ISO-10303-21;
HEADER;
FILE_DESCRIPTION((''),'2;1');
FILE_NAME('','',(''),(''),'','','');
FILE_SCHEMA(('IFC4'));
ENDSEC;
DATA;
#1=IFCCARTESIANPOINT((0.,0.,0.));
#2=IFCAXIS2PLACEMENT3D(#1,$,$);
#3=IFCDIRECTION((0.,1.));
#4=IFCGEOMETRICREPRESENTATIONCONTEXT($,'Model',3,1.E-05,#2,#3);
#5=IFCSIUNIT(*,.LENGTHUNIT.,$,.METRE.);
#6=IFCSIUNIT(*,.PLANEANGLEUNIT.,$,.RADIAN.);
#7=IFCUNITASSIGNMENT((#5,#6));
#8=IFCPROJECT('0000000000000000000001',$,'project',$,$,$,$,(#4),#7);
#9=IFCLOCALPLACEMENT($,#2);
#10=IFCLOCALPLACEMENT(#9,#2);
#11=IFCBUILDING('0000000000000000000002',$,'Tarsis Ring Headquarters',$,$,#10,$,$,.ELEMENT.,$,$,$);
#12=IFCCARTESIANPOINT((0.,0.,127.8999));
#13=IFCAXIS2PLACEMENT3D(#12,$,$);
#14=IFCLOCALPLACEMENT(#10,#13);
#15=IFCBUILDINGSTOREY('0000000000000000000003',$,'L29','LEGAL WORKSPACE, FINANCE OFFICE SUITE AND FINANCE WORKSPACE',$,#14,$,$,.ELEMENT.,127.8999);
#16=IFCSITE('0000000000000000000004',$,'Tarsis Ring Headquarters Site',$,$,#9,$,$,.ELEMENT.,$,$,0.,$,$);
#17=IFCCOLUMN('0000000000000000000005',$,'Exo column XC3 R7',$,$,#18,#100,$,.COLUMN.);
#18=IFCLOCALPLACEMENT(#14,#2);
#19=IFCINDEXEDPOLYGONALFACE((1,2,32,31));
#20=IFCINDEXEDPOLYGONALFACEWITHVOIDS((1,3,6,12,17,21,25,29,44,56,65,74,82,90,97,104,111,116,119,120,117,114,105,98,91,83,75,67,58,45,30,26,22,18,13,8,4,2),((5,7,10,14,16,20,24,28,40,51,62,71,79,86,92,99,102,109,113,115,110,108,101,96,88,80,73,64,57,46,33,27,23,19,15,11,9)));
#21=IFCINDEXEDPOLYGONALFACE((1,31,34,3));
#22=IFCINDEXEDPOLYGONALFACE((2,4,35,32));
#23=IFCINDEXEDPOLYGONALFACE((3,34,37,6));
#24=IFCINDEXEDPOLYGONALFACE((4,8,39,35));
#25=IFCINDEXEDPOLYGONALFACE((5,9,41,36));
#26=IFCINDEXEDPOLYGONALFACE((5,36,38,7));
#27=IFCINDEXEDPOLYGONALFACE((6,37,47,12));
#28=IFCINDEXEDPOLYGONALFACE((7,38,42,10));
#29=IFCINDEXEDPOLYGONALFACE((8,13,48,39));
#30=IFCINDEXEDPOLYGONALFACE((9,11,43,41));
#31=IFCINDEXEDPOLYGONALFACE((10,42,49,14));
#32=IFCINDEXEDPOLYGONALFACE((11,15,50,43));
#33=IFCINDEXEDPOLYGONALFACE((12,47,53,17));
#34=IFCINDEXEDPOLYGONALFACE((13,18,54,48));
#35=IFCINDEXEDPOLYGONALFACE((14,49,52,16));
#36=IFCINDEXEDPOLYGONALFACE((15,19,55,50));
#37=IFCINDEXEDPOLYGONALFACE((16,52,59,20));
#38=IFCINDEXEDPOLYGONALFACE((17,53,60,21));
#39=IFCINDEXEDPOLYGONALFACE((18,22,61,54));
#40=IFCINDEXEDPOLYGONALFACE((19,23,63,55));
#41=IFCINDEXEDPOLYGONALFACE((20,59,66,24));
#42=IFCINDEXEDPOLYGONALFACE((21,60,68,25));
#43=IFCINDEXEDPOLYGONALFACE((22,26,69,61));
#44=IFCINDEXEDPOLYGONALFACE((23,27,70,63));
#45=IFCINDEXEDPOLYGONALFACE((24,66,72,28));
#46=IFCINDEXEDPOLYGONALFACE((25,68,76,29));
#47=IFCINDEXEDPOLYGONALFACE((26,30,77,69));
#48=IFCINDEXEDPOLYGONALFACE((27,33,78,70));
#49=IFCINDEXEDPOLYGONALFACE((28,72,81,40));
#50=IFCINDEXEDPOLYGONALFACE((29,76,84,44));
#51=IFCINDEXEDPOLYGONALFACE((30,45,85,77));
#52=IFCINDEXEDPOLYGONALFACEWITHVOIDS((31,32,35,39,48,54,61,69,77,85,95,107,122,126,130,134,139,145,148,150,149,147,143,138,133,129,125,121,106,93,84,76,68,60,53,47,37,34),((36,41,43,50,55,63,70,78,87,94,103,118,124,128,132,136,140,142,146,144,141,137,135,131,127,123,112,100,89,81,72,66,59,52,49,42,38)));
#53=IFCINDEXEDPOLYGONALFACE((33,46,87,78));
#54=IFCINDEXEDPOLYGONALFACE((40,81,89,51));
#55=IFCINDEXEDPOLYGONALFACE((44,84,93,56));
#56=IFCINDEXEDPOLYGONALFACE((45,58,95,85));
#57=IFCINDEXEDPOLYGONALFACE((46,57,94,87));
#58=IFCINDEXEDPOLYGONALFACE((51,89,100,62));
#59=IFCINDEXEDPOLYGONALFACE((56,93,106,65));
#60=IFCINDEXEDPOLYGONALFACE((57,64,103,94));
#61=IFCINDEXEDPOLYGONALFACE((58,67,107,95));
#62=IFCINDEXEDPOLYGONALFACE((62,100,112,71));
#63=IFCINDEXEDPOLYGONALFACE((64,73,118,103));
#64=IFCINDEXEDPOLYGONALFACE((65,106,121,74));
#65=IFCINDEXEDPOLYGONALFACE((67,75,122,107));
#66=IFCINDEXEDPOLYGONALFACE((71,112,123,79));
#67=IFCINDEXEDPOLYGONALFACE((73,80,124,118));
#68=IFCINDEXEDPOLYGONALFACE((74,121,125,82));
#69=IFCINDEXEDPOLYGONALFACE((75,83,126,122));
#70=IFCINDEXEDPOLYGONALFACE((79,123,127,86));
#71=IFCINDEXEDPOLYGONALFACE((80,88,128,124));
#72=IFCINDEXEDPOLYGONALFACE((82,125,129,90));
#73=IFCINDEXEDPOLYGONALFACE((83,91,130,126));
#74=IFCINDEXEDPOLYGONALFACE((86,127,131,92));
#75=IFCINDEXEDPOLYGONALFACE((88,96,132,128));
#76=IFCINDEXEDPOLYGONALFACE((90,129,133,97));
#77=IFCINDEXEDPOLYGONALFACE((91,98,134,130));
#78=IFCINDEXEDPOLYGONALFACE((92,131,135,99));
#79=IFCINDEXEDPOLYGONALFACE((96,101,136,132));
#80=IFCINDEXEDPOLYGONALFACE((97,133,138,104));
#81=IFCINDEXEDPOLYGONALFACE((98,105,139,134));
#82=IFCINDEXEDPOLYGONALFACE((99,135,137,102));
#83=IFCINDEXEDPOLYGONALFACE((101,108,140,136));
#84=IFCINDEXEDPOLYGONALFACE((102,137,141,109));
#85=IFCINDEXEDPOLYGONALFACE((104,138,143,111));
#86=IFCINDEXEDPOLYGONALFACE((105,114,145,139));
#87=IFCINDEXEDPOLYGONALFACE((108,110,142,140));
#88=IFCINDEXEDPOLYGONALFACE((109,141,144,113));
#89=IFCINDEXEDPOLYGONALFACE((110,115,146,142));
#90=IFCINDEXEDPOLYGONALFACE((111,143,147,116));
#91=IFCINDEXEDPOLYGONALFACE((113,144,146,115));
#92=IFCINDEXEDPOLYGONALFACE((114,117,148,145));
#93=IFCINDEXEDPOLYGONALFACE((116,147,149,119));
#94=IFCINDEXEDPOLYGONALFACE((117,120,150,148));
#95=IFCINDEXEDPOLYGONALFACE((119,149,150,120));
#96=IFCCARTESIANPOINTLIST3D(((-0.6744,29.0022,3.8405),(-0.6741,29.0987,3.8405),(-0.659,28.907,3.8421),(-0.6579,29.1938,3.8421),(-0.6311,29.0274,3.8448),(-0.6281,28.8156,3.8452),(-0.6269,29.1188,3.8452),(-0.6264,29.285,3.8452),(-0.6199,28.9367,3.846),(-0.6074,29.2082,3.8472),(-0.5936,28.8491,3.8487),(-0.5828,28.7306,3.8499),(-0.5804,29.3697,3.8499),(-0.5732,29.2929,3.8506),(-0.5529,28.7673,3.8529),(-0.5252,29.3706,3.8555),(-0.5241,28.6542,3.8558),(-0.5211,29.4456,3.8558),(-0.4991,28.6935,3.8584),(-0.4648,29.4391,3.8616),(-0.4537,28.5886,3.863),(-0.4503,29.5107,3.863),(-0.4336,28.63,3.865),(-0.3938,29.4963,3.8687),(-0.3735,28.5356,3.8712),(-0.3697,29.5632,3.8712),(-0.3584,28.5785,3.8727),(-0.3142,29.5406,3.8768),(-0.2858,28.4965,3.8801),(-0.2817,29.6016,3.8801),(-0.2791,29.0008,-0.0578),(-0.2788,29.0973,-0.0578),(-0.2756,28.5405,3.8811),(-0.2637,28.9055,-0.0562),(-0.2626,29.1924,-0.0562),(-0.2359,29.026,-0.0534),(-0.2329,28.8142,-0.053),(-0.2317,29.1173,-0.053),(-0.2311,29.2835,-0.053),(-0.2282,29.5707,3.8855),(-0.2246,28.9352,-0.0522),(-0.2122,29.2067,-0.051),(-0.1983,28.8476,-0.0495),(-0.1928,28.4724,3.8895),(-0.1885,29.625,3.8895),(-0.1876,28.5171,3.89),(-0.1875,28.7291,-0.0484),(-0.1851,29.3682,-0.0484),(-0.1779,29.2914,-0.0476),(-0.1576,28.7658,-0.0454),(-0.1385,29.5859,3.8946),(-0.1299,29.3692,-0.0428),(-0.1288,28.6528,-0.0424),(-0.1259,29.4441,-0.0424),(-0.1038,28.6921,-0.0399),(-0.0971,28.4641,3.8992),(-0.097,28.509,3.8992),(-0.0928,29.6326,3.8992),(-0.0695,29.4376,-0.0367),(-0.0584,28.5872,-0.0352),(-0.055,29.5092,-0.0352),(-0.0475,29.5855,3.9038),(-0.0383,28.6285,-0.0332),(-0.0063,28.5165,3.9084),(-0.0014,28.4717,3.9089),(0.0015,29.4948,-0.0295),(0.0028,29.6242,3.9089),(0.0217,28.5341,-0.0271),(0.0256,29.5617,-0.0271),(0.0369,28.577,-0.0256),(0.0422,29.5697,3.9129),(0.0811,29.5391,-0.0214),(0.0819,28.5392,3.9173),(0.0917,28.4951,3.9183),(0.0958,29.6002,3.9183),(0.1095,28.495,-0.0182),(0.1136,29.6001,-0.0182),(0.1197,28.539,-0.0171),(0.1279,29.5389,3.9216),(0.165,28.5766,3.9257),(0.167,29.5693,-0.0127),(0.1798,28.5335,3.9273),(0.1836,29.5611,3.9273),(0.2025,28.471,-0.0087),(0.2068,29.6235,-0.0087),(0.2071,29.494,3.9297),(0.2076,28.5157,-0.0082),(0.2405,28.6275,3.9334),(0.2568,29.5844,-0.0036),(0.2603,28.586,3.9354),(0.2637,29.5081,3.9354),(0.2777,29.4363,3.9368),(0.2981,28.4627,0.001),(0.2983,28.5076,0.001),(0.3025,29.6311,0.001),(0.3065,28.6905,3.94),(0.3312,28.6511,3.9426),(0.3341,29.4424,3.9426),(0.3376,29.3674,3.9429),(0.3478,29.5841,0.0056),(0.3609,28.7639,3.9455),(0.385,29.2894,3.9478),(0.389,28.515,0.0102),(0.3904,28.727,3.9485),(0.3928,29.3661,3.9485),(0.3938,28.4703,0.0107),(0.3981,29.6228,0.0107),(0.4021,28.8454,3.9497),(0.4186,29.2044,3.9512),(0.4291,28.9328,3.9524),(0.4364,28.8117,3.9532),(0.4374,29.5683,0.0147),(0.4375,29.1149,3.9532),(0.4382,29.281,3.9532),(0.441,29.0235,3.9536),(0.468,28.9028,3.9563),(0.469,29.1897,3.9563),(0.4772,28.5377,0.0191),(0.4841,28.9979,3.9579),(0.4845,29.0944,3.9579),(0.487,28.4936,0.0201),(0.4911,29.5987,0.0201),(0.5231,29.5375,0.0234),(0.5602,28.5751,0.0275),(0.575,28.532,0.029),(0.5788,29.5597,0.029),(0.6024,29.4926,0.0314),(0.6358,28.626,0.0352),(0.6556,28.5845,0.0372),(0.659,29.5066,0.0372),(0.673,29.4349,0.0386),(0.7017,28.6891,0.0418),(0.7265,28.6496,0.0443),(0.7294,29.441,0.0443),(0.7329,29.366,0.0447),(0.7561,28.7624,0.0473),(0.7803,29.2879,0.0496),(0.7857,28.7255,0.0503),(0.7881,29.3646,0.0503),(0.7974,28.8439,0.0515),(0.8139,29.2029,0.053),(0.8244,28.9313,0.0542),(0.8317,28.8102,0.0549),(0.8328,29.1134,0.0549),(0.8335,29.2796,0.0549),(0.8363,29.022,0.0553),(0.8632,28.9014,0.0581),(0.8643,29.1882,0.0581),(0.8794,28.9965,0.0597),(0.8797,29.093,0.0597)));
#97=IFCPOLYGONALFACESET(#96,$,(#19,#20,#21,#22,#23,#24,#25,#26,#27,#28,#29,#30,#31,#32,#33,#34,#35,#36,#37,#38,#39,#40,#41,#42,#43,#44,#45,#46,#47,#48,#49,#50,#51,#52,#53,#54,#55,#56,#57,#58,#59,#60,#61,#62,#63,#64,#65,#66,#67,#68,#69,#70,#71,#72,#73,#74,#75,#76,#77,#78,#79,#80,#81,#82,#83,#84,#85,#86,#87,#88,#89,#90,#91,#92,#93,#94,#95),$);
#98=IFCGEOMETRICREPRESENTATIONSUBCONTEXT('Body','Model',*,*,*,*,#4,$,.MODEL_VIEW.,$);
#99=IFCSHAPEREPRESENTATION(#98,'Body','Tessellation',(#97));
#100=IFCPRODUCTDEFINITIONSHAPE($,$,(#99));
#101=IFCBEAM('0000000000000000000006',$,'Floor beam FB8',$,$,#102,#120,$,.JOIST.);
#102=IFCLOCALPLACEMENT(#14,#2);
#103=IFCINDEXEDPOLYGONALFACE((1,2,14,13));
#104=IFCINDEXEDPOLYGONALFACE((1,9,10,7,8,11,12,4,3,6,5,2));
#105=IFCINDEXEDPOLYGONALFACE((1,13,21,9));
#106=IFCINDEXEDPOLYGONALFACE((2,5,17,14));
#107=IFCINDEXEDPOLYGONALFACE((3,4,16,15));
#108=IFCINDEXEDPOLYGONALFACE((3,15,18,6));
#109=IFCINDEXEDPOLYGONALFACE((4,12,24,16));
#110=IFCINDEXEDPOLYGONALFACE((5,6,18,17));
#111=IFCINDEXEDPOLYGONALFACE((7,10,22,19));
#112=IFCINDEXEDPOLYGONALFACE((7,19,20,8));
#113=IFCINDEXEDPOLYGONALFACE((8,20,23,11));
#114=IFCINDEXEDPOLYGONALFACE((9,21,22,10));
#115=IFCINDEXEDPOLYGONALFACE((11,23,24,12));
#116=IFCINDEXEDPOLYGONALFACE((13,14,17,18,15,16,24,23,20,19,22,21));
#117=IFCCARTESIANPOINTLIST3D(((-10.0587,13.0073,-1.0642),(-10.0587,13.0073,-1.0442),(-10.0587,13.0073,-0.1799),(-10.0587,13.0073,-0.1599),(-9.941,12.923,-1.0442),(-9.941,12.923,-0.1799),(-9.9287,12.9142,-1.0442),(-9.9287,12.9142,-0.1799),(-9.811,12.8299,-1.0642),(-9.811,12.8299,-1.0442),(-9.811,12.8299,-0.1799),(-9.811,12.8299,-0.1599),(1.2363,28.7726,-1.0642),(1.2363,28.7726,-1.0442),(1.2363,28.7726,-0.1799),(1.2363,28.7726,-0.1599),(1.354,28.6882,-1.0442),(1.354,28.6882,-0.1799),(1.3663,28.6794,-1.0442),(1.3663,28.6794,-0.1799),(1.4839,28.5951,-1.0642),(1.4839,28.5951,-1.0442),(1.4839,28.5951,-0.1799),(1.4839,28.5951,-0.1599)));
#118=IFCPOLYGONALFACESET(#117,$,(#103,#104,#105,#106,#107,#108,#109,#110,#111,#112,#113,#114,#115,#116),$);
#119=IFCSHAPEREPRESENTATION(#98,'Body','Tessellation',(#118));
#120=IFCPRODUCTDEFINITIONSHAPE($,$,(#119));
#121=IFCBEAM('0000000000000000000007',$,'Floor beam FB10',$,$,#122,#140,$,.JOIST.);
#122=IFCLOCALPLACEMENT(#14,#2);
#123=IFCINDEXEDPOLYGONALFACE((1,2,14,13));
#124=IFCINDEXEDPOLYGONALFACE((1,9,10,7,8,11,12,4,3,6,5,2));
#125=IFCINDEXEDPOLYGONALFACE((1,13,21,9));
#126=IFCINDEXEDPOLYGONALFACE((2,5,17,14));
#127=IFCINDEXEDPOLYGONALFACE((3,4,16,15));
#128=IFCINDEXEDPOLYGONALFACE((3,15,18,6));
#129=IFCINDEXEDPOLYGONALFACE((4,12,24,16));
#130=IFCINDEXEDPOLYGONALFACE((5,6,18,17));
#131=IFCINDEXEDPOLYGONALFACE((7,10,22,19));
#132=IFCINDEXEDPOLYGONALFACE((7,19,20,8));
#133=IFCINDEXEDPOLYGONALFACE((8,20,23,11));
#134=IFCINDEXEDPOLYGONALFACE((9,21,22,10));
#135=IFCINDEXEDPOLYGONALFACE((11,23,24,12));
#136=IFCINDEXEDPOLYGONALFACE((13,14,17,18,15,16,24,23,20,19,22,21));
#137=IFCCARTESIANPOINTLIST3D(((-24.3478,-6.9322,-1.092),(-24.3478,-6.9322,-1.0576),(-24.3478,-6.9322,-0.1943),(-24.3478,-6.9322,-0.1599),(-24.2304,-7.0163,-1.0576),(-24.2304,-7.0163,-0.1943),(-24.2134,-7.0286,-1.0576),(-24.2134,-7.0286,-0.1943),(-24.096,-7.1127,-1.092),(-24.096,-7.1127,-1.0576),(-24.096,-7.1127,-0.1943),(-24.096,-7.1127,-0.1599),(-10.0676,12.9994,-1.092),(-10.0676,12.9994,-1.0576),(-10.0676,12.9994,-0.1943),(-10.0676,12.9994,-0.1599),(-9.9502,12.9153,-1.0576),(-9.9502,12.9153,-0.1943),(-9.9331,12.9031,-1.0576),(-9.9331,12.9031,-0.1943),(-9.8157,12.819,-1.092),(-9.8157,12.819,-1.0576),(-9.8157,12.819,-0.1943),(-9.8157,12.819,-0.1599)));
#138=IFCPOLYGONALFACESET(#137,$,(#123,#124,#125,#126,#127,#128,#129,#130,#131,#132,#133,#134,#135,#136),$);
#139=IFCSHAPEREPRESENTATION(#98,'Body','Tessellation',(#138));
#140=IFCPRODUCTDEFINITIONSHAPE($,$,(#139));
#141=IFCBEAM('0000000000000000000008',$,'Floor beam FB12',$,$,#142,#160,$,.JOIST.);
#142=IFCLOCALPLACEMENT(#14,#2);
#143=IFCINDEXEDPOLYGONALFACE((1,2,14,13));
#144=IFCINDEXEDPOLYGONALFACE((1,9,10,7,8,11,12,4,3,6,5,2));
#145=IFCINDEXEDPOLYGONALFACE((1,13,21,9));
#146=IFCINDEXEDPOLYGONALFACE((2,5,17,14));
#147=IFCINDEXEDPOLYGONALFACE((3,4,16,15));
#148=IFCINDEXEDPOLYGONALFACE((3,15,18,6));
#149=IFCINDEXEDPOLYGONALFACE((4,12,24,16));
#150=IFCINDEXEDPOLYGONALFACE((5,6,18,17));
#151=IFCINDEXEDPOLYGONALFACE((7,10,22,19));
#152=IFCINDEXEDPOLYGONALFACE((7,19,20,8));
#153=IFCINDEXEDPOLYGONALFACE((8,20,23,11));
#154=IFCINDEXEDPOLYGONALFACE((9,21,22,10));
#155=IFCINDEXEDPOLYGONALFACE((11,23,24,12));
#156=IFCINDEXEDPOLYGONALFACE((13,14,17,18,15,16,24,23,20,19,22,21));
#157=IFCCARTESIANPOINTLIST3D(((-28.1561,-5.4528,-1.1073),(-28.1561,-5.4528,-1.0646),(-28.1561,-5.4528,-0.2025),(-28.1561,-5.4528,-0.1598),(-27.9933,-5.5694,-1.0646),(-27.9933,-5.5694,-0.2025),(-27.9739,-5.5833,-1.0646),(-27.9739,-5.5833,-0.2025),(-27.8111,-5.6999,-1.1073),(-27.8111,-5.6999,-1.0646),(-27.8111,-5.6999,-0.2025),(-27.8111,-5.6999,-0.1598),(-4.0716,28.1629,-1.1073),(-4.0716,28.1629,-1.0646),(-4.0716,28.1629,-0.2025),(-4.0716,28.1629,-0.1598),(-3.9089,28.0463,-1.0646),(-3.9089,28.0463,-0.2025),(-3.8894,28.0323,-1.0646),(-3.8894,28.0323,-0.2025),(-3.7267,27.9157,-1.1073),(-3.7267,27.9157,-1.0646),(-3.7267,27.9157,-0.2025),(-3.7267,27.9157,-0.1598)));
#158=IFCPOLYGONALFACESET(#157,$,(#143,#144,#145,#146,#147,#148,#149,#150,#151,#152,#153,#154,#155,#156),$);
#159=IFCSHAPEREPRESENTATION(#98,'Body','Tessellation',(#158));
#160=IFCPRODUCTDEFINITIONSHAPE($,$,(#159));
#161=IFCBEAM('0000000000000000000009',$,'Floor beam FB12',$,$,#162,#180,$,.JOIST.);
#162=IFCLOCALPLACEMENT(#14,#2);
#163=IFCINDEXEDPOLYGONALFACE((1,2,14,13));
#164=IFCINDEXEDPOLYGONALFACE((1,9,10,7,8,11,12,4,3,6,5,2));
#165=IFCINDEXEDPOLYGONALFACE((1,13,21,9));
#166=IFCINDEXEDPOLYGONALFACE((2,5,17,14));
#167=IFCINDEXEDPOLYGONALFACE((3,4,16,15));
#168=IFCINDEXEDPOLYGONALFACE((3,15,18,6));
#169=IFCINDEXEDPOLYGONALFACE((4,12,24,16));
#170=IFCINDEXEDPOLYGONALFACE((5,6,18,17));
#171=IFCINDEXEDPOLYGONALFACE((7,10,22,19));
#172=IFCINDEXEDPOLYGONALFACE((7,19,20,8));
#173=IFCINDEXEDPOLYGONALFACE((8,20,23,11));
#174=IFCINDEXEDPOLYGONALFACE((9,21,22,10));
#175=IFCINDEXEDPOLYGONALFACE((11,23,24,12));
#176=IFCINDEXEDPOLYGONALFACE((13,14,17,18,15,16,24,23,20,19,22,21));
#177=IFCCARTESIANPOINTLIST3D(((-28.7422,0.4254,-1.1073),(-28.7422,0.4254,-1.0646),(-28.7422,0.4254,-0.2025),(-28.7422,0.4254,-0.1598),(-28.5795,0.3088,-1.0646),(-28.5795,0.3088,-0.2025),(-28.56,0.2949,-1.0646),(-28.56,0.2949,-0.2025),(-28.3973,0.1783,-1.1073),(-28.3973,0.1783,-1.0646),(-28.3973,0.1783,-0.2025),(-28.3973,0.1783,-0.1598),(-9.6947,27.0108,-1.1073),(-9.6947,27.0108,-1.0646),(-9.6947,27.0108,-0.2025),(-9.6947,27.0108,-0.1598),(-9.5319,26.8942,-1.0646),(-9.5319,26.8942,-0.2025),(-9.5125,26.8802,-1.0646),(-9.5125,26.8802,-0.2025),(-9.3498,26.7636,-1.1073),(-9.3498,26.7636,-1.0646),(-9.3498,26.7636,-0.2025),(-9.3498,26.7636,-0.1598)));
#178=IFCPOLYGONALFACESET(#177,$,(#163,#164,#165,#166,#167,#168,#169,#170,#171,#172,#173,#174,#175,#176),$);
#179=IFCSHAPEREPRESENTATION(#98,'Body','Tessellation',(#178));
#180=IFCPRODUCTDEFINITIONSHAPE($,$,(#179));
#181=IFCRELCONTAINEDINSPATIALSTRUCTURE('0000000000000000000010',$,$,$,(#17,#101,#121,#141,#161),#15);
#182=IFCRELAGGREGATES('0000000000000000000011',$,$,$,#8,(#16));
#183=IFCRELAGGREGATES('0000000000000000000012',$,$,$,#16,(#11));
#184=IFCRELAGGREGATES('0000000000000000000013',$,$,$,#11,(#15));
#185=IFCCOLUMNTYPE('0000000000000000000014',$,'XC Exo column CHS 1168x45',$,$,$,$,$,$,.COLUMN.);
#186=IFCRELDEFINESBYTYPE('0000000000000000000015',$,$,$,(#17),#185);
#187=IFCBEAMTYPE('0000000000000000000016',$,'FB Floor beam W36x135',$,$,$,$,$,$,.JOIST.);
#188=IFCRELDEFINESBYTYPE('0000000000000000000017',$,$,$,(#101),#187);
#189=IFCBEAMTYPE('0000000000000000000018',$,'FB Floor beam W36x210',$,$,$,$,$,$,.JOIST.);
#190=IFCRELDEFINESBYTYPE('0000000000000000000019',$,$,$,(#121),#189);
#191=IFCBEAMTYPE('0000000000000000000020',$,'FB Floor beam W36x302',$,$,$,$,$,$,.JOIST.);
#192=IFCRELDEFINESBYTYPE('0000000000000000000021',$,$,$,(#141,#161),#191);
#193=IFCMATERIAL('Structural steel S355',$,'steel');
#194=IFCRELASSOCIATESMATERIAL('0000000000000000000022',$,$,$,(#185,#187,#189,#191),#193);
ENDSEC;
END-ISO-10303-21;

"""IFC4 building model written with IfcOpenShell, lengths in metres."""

from ifc_helpers import new_model, si_unit, direction, frame, origin, origin_2d, place, context, subcontext, project, spatial, hollow_circle, i_section, extrude, material, material_profile, profile_set, type_object, element, save


model = new_model("IFC4")

# Units and contexts
model_context = context("Model", 3, precision=1e-05, world=origin(), true_north=direction((0.0, 1.0)))
body_context = subcontext(model_context, "Body", "Model", "MODEL_VIEW")
ifc_project = project(units=[si_unit("LENGTHUNIT", "METRE"), si_unit("PLANEANGLEUNIT", "RADIAN")], contexts=[model_context])

# Site, building, storey
site_placement = place(None, origin())
site = spatial("IfcSite", under=ifc_project, at=site_placement, Name="Tarsis Ring Headquarters Site", CompositionType="ELEMENT", RefElevation=0.0)
building_placement = place(site_placement, origin())
building = spatial("IfcBuilding", under=site, at=building_placement, Name="Tarsis Ring Headquarters", CompositionType="ELEMENT")
storey_placement = place(building_placement, frame((0.0, 0.0, 127.8999)))
storey = spatial("IfcBuildingStorey", under=building, at=storey_placement, Name="L29", Description="LEGAL WORKSPACE, FINANCE OFFICE SUITE AND FINANCE WORKSPACE", CompositionType="ELEMENT", Elevation=127.8999)

# Column
ifc_material_1 = material(Name="Structural steel S355", Category="steel")
ifc_material_profile_1 = material_profile(ifc_material_1, hollow_circle(Radius=0.5842, WallThickness=0.0449, at=origin_2d()), Name="CHS 1168x45")
ifc_profile_set_1 = profile_set([ifc_material_profile_1], Name="Structural steel S355")
column_type = type_object("IfcColumnType", Name="XC Exo column CHS 1168x45", PredefinedType="COLUMN", material=ifc_profile_set_1)
column_placement = place(storey_placement, frame((0.3003, 29.0469, 0.001), z_axis=(-0.100879, 0.000374, 0.994899), x_axis=(-0.003706, -0.999993, 0.0)))
element("IfcColumn", 1, at=column_placement, inside=storey, type_object=column_type, Name="Exo column XC3 R7", PredefinedType="COLUMN", context=body_context, shape_type="SweptSolid", body=[
    extrude(hollow_circle(Radius=0.5842, WallThickness=0.0449, at=origin_2d()), origin(), (0.0, 0.0, 1.0), 3.9182),
])

# Beams
ifc_material_profile_2 = material_profile(ifc_material_1, i_section(OverallWidth=0.3047, OverallDepth=0.9043, WebThickness=0.0151, FlangeThickness=0.02, at=origin_2d()), Name="W36x135")
ifc_profile_set_2 = profile_set([ifc_material_profile_2], Name="Structural steel S355")
beam_type_1 = type_object("IfcBeamType", Name="FB Floor beam W36x135", PredefinedType="JOIST", material=ifc_profile_set_2)
beam_1_placement = place(storey_placement, frame((1.3601, 28.6838, -0.6121), z_axis=(-0.582402, -0.812901, 0.0), x_axis=(0.812901, -0.582402, 0.0)))
element("IfcBeam", 2, at=beam_1_placement, inside=storey, type_object=beam_type_1, Name="Floor beam FB8", PredefinedType="JOIST", context=body_context, shape_type="SweptSolid", body=[
    extrude(i_section(OverallWidth=0.3047, OverallDepth=0.9043, WebThickness=0.0151, FlangeThickness=0.02, at=origin_2d()), origin(), (0.0, 0.0, 1.0), 19.3938),
])
ifc_material_profile_3 = material_profile(ifc_material_1, i_section(OverallWidth=0.3098, OverallDepth=0.9321, WebThickness=0.021, FlangeThickness=0.0344, at=origin_2d()), Name="W36x210")
ifc_profile_set_3 = profile_set([ifc_material_profile_3], Name="Structural steel S355")
beam_type_2 = type_object("IfcBeamType", Name="FB Floor beam W36x210", PredefinedType="JOIST", material=ifc_profile_set_3)
beam_2_placement = place(storey_placement, frame((-9.9417, 12.9092, -0.626), z_axis=(-0.582409, -0.812896, 0.0), x_axis=(0.812896, -0.582409, 0.0)))
element("IfcBeam", 3, at=beam_2_placement, inside=storey, type_object=beam_type_2, Name="Floor beam FB10", PredefinedType="JOIST", context=body_context, shape_type="SweptSolid", body=[
    extrude(i_section(OverallWidth=0.3098, OverallDepth=0.9321, WebThickness=0.021, FlangeThickness=0.0344, at=origin_2d()), origin(), (0.0, 0.0, 1.0), 24.5193),
])
ifc_material_profile_4 = material_profile(ifc_material_1, i_section(OverallWidth=0.4243, OverallDepth=0.9475, WebThickness=0.0239, FlangeThickness=0.0427, at=origin_2d()), Name="W36x302")
ifc_profile_set_4 = profile_set([ifc_material_profile_4], Name="Structural steel S355")
beam_type_3 = type_object("IfcBeamType", Name="FB Floor beam W36x302", PredefinedType="JOIST", material=ifc_profile_set_4)
beam_3_placement = place(storey_placement, frame((-3.8992, 28.0393, -0.6335), z_axis=(-0.58241, -0.812895, 0.0), x_axis=(0.812895, -0.58241, 0.0)))
element("IfcBeam", 4, at=beam_3_placement, inside=storey, type_object=beam_type_3, Name="Floor beam FB12", PredefinedType="JOIST", context=body_context, shape_type="SweptSolid", body=[
    extrude(i_section(OverallWidth=0.4243, OverallDepth=0.9475, WebThickness=0.0239, FlangeThickness=0.0427, at=origin_2d()), origin(), (0.0, 0.0, 1.0), 41.353),
])
beam_4_placement = place(storey_placement, frame((-9.5222, 26.8872, -0.6335), z_axis=(-0.582412, -0.812894, 0.0), x_axis=(0.812894, -0.582412, 0.0)))
element("IfcBeam", 5, at=beam_4_placement, inside=storey, type_object=beam_type_3, Name="Floor beam FB12", PredefinedType="JOIST", context=body_context, shape_type="SweptSolid", body=[
    extrude(i_section(OverallWidth=0.4243, OverallDepth=0.9475, WebThickness=0.0239, FlangeThickness=0.0427, at=origin_2d()), origin(), (0.0, 0.0, 1.0), 32.7046),
])

save(model, "model.ifc")
